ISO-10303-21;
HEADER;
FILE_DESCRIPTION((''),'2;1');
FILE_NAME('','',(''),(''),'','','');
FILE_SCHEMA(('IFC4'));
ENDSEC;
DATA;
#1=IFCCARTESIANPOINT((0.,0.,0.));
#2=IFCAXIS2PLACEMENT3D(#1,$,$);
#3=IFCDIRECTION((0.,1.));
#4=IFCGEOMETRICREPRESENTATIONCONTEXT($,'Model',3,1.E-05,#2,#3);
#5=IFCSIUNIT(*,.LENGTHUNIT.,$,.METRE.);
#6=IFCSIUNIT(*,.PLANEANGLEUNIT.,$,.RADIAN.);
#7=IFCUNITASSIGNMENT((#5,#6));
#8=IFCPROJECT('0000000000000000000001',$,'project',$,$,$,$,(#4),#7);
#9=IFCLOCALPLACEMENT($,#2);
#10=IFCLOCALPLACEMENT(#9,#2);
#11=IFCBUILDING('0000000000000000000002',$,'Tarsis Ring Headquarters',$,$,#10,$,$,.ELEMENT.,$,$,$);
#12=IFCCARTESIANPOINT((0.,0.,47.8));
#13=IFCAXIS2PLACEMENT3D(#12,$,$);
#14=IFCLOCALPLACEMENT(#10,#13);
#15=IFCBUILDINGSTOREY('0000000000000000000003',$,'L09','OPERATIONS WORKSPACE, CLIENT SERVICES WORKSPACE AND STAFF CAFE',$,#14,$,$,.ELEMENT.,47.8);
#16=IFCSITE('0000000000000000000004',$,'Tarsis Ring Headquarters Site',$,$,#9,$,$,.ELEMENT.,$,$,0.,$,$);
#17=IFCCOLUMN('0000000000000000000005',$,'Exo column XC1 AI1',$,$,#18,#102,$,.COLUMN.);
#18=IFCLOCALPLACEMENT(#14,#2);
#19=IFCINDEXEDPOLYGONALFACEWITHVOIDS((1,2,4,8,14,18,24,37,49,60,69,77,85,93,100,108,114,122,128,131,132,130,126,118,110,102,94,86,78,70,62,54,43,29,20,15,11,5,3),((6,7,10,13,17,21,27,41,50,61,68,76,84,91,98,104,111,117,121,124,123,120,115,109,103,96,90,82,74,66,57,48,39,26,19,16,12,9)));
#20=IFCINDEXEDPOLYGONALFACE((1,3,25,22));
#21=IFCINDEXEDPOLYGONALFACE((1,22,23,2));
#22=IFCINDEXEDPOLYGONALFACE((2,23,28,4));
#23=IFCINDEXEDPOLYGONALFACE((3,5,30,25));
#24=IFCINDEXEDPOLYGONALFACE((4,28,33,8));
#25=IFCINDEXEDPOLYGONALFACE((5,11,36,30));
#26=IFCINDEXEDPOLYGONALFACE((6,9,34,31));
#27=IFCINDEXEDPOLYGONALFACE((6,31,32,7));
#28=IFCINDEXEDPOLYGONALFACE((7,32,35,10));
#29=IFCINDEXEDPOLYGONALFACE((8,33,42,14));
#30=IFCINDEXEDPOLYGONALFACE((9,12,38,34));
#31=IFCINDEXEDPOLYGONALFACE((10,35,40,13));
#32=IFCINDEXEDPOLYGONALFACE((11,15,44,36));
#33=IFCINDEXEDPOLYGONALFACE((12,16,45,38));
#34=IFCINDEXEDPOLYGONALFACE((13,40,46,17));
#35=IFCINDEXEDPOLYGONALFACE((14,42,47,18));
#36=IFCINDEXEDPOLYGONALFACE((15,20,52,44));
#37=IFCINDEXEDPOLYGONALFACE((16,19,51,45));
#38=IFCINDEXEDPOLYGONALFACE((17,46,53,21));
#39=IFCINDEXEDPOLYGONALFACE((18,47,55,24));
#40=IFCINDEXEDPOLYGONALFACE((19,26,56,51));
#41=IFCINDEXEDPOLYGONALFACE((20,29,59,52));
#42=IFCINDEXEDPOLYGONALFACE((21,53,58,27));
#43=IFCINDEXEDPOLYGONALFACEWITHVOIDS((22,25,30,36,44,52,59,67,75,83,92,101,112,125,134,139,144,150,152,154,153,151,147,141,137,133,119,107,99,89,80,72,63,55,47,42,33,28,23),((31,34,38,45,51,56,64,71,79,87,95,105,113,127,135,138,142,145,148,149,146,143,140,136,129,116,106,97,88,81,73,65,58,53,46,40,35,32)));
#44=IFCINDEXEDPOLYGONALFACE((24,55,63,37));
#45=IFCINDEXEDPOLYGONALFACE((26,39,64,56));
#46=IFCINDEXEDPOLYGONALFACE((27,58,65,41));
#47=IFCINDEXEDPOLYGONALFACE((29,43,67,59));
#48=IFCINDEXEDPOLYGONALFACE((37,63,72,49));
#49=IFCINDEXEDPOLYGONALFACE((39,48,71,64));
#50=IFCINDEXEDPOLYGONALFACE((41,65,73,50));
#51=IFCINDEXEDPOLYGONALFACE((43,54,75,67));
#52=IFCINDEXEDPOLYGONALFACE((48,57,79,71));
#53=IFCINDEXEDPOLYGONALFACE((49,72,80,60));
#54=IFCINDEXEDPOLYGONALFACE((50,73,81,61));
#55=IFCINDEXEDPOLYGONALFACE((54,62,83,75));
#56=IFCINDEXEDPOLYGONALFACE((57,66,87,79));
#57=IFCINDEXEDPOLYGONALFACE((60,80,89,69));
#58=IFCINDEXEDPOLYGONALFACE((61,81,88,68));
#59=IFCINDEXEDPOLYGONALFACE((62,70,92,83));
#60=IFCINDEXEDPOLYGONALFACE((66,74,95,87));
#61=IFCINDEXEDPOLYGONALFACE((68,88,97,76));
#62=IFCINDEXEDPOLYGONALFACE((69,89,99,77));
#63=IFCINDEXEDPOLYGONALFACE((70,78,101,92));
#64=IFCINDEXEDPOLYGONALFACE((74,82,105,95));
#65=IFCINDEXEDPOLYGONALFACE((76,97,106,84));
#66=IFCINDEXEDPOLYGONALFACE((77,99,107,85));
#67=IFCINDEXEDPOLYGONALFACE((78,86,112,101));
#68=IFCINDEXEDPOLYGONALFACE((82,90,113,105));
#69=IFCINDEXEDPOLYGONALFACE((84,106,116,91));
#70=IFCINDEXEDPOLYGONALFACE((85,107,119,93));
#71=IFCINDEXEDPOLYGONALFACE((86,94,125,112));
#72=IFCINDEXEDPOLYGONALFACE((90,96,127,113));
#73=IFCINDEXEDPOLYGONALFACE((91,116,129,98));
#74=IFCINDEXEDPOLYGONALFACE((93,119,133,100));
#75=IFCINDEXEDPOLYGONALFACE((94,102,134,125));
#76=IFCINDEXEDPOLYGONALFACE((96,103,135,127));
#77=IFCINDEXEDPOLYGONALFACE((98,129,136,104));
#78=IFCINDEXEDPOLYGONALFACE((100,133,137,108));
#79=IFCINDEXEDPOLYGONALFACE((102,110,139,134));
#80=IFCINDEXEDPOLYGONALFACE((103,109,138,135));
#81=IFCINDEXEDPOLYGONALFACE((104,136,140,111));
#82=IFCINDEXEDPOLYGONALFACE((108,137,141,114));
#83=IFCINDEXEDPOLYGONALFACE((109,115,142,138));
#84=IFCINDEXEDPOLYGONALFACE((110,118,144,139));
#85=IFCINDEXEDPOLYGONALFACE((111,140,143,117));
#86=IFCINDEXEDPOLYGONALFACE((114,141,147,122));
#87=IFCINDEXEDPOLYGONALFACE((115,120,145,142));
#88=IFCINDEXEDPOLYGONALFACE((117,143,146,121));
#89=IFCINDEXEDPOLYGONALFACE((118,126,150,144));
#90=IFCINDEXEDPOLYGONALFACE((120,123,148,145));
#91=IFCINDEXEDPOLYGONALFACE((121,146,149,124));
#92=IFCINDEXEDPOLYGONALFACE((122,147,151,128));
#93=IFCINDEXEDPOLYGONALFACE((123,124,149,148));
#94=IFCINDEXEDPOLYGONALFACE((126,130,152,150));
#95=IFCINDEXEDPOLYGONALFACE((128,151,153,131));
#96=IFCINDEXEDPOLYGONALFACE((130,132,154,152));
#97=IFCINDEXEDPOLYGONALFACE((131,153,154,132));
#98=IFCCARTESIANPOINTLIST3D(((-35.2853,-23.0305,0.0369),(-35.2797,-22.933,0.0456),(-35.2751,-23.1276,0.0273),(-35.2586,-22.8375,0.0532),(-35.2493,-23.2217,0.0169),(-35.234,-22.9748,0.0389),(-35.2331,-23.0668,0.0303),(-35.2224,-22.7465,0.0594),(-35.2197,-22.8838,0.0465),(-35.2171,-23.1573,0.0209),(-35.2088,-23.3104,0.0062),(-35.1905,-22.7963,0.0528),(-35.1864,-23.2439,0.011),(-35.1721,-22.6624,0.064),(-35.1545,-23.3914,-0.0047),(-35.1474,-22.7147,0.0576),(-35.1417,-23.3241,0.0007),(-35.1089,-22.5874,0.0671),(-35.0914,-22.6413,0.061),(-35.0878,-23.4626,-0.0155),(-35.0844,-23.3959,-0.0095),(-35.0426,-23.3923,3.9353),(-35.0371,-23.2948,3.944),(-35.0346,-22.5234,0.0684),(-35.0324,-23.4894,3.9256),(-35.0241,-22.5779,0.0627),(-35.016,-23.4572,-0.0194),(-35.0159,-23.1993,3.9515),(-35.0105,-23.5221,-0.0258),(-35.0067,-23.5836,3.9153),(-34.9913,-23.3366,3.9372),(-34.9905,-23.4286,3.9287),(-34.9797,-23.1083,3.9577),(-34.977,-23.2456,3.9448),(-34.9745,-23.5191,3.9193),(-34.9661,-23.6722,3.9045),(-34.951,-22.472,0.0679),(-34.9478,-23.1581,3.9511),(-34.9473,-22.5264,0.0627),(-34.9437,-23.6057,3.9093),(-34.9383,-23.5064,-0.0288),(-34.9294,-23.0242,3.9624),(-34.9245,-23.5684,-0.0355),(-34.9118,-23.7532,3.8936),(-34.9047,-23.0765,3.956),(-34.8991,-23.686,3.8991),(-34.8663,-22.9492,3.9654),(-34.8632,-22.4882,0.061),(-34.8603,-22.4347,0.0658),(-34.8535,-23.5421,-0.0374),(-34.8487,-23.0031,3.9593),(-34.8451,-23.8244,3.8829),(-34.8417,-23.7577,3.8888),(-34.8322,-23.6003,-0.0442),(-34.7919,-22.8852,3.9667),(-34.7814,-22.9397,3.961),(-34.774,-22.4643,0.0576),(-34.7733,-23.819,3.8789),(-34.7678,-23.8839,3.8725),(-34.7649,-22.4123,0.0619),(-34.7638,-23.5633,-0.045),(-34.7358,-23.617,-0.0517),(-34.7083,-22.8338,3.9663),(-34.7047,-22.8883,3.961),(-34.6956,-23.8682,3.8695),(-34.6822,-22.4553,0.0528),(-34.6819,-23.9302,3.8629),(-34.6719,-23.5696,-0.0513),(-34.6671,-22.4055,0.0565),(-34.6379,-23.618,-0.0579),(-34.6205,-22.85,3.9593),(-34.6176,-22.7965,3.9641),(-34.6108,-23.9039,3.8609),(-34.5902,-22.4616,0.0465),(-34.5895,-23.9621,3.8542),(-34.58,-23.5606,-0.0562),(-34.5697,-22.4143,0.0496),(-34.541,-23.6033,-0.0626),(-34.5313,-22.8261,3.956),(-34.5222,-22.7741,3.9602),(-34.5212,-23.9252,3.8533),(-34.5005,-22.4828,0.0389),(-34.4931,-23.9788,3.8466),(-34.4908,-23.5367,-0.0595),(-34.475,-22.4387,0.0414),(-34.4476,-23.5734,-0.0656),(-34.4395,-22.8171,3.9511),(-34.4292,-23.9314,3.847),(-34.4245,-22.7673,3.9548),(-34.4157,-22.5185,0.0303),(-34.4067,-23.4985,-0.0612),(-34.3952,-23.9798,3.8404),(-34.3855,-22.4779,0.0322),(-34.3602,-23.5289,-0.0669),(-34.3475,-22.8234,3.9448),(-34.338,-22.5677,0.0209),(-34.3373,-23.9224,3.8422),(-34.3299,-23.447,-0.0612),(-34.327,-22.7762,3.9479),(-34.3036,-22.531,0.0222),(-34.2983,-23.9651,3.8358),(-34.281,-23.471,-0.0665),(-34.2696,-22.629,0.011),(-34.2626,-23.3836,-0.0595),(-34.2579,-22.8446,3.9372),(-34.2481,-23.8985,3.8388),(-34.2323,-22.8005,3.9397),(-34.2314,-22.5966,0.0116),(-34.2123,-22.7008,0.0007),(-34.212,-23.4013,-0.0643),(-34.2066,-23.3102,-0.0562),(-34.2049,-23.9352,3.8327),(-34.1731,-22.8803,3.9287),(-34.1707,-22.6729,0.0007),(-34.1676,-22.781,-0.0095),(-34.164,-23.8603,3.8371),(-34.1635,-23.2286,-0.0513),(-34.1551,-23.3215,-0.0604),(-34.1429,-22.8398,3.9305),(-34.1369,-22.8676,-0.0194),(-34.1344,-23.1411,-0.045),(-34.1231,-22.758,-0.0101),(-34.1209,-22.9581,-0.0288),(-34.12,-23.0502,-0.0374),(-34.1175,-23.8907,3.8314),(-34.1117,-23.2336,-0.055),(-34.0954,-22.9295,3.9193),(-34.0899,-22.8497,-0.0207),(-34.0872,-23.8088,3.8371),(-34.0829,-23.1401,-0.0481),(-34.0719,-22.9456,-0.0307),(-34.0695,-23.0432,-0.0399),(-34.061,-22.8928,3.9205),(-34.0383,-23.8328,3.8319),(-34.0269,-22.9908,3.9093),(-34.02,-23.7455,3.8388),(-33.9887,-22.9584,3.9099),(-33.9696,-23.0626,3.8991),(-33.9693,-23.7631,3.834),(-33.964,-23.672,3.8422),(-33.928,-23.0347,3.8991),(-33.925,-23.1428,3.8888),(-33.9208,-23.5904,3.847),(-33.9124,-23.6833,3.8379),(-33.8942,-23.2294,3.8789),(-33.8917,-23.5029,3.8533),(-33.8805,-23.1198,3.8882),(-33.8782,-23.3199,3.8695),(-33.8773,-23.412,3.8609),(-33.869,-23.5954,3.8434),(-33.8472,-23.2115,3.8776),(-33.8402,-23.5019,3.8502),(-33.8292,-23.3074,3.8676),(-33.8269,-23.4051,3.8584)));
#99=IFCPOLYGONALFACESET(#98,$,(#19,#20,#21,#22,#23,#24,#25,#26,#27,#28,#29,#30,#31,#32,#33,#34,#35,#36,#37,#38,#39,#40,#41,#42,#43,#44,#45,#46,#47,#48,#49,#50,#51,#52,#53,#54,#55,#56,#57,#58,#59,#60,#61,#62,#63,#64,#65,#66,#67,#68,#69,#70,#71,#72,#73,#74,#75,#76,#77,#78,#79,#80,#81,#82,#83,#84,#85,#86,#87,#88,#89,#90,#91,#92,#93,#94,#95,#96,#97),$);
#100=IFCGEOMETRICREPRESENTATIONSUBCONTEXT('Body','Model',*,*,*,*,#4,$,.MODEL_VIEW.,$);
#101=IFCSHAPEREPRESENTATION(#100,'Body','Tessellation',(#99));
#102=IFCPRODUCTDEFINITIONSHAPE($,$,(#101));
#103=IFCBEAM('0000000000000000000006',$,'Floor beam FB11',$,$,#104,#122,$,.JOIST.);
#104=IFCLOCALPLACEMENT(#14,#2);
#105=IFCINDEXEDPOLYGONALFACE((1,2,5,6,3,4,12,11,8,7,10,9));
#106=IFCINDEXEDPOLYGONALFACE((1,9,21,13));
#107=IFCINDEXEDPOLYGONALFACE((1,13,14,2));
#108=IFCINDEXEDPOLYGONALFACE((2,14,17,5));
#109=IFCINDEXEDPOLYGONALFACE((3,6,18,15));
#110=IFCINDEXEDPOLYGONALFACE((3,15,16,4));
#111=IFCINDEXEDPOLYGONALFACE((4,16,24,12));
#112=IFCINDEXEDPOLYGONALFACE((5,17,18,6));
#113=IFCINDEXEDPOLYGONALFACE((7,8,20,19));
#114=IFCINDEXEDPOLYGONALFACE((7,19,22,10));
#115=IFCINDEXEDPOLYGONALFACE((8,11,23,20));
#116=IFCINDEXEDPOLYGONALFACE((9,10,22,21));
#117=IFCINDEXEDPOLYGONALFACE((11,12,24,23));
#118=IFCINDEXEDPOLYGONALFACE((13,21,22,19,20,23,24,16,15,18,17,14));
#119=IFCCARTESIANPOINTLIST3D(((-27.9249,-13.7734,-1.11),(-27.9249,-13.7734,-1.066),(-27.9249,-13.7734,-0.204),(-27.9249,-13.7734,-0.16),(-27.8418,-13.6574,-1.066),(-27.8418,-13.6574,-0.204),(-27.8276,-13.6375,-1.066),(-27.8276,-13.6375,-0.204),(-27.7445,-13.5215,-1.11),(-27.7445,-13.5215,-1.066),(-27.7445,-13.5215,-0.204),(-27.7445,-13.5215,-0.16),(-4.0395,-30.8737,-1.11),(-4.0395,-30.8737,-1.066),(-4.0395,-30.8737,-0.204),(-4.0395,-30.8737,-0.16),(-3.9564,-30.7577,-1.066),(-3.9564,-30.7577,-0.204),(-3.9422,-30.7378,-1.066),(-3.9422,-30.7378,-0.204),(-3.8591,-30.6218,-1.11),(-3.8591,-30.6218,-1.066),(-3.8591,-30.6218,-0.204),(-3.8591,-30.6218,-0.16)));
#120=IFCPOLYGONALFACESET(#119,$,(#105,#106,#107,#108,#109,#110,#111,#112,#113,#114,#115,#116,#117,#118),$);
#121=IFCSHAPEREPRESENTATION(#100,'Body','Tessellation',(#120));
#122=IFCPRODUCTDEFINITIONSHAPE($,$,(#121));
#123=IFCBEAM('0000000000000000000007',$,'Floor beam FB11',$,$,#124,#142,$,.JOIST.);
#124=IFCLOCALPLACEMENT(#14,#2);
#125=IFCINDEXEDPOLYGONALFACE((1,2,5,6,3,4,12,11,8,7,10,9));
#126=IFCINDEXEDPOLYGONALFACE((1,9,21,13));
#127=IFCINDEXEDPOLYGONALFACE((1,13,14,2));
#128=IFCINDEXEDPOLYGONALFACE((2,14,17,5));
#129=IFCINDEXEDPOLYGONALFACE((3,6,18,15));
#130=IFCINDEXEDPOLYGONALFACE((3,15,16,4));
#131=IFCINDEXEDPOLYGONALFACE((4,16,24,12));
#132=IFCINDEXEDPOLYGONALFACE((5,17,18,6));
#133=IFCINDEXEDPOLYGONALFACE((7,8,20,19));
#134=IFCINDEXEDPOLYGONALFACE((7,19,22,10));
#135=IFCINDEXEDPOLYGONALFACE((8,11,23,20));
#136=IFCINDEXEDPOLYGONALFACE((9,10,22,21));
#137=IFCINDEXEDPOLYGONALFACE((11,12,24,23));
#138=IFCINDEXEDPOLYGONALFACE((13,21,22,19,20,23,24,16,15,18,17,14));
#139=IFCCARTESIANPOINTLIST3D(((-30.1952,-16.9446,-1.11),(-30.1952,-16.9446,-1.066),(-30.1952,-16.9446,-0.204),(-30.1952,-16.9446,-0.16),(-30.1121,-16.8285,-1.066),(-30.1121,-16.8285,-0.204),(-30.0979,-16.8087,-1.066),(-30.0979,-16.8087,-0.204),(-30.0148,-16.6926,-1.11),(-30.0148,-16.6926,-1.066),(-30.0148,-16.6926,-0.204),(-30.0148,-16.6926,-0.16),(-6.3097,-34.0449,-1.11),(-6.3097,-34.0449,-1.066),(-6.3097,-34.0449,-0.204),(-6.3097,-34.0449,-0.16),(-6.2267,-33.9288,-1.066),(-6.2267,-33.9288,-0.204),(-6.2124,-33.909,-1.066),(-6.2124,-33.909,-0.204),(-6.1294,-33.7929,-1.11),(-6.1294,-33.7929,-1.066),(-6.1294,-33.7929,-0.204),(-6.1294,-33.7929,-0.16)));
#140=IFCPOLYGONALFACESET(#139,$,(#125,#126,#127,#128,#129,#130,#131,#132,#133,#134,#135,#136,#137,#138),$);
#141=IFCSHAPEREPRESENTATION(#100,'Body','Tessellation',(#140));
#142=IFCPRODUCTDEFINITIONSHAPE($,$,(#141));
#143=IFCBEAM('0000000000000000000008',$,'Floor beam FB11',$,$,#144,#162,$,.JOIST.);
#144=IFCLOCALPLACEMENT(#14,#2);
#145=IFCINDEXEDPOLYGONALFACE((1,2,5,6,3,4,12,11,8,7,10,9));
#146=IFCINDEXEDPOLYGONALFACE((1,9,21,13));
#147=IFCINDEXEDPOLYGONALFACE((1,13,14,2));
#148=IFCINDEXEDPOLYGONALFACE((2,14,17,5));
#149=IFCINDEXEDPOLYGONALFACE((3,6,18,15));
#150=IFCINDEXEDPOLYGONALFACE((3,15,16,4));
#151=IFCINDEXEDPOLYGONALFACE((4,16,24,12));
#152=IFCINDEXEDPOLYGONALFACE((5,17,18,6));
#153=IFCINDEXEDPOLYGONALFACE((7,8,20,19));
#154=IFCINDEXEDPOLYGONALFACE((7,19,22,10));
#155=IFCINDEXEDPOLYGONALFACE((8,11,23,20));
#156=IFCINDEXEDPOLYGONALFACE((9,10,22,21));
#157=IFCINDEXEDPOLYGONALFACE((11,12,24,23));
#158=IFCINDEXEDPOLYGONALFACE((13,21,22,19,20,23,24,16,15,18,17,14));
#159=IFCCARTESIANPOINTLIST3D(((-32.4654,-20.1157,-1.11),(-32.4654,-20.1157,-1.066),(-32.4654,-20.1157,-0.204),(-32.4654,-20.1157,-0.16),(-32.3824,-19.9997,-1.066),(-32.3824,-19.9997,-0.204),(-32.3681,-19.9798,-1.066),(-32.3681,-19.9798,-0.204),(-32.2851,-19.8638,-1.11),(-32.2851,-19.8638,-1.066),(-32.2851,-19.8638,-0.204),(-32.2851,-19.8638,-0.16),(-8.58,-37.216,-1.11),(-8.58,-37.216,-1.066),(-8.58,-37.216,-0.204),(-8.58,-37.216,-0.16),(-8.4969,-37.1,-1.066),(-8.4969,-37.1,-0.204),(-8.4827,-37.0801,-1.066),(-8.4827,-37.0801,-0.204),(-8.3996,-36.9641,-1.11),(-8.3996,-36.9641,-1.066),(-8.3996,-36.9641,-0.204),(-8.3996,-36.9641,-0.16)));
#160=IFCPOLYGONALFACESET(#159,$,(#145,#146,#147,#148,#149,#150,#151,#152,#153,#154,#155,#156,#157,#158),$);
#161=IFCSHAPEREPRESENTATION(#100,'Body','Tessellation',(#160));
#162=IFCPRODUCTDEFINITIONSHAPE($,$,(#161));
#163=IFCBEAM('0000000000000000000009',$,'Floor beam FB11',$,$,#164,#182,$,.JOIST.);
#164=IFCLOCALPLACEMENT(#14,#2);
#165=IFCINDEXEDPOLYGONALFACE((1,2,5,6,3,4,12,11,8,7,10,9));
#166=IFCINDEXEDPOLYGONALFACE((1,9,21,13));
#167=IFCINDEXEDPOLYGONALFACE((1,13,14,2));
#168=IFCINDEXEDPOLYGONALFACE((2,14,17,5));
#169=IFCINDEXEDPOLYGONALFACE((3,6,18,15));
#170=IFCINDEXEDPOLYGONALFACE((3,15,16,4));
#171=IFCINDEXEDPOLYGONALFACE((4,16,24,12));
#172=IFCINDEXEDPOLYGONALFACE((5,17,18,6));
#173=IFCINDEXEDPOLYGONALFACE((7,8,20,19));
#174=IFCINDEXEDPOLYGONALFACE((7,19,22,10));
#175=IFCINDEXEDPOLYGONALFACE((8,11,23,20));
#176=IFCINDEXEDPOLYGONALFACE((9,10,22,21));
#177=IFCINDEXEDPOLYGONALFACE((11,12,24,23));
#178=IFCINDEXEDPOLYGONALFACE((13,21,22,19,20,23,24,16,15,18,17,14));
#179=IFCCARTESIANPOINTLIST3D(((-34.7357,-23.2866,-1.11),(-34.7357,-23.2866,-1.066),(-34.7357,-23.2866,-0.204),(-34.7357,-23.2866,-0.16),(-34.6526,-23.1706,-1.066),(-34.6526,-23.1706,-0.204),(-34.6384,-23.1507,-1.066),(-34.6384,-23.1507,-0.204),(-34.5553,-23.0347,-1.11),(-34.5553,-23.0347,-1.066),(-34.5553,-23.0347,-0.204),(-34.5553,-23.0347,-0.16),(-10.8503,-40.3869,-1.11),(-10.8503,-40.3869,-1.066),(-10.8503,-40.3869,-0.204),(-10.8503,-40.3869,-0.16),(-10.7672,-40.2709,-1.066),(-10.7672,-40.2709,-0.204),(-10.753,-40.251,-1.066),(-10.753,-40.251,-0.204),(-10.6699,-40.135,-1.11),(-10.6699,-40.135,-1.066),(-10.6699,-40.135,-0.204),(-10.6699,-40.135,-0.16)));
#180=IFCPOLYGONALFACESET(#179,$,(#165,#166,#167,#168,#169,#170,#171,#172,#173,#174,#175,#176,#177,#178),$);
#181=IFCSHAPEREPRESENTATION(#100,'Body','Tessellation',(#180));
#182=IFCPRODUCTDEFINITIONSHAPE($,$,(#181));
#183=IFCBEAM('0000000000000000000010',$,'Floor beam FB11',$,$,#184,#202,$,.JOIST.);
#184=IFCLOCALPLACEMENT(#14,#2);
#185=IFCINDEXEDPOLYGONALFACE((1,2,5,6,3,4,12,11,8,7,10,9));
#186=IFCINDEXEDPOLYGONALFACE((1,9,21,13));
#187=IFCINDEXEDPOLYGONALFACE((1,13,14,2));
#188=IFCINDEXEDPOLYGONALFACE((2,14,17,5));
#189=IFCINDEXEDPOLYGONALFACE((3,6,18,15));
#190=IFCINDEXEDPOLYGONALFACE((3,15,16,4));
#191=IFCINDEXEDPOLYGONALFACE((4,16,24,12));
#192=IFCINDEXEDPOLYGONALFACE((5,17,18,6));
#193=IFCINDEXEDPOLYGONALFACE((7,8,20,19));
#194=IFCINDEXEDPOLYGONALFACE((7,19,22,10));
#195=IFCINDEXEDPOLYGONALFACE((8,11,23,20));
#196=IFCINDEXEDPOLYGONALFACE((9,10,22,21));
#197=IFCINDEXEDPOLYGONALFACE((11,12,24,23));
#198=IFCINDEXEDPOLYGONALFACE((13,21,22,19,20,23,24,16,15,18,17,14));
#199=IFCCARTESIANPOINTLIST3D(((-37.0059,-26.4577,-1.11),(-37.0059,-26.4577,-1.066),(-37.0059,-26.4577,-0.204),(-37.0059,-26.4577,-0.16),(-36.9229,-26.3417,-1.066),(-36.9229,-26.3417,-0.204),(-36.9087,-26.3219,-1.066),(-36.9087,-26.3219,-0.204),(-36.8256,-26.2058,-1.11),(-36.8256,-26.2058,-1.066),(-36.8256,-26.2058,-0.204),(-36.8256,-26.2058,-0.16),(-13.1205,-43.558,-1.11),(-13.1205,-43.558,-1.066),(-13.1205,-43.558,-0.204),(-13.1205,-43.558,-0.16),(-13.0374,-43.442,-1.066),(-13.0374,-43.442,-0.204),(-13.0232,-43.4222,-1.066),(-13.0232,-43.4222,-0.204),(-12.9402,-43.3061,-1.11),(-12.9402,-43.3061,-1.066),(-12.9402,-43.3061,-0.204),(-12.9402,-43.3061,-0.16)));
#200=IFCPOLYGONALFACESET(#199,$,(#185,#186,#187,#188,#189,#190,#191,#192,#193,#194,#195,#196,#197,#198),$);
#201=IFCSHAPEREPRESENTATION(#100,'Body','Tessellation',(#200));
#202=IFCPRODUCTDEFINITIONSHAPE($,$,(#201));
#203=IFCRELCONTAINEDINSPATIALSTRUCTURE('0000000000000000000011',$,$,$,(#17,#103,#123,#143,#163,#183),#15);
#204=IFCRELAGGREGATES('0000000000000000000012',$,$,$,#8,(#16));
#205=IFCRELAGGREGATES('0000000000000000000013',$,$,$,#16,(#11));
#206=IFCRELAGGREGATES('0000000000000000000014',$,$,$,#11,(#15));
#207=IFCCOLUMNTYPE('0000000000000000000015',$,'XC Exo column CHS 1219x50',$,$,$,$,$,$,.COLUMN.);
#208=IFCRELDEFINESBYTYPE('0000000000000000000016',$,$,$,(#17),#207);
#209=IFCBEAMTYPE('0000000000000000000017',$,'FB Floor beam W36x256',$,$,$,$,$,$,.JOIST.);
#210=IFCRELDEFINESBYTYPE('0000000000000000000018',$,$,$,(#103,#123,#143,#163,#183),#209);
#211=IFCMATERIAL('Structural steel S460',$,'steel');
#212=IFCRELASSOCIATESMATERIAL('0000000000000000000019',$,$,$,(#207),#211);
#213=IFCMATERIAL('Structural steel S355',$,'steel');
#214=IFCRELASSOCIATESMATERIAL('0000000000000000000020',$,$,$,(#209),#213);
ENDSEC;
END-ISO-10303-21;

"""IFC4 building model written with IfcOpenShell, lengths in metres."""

from ifc_helpers import new_model, si_unit, direction, frame, origin, origin_2d, place, context, subcontext, project, spatial, hollow_circle, i_section, extrude, material, material_profile, profile_set, type_object, element, save


model = new_model("IFC4")

# Units and contexts
model_context = context("Model", 3, precision=1e-05, world=origin(), true_north=direction((0.0, 1.0)))
body_context = subcontext(model_context, "Body", "Model", "MODEL_VIEW")
ifc_project = project(units=[si_unit("LENGTHUNIT", "METRE"), si_unit("PLANEANGLEUNIT", "RADIAN")], contexts=[model_context])

# Site, building, storey
site_placement = place(None, origin())
site = spatial("IfcSite", under=ifc_project, at=site_placement, Name="Tarsis Ring Headquarters Site", CompositionType="ELEMENT", RefElevation=0.0)
building_placement = place(site_placement, origin())
building = spatial("IfcBuilding", under=site, at=building_placement, Name="Tarsis Ring Headquarters", CompositionType="ELEMENT")
storey_placement = place(building_placement, frame((0.0, 0.0, 47.8)))
storey = spatial("IfcBuildingStorey", under=building, at=storey_placement, Name="L09", Description="OPERATIONS WORKSPACE, CLIENT SERVICES WORKSPACE AND STAFF CAFE", CompositionType="ELEMENT", Elevation=47.8)

# Column
ifc_material_1 = material(Name="Structural steel S460", Category="steel")
ifc_material_profile_1 = material_profile(ifc_material_1, hollow_circle(Radius=0.6096, WallThickness=0.05, at=origin_2d()), Name="CHS 1219x50")
ifc_profile_set_1 = profile_set([ifc_material_profile_1], Name="Structural steel S460")
column_type = type_object("IfcColumnType", Name="XC Exo column CHS 1219x50", PredefinedType="COLUMN", material=ifc_profile_set_1)
column_placement = place(storey_placement, frame((-34.677, -23.0125, 0.0007), z_axis=(0.061864, -0.092236, 0.993813), x_axis=(0.830495, 0.557026, 0.0)))
element("IfcColumn", 1, at=column_placement, inside=storey, type_object=column_type, Name="Exo column XC1 AI1", PredefinedType="COLUMN", context=body_context, shape_type="SweptSolid", body=[
    extrude(hollow_circle(Radius=0.6096, WallThickness=0.05, at=origin_2d()), origin(), (0.0, 0.0, 1.0), 3.9226),
])

# Beams
ifc_material_2 = material(Name="Structural steel S355", Category="steel")
ifc_material_profile_2 = material_profile(ifc_material_2, i_section(OverallWidth=0.3098, OverallDepth=0.95, WebThickness=0.0244, FlangeThickness=0.0439, at=origin_2d()), Name="W36x256")
ifc_profile_set_2 = profile_set([ifc_material_profile_2], Name="Structural steel S355")
beam_type_1 = type_object("IfcBeamType", Name="FB Floor beam W36x256", PredefinedType="JOIST", material=ifc_profile_set_2)
for number, where, z_axis, x_axis, name in (
    (2, (-27.8347, -13.6475, -0.635), (0.813101, -0.582123, 0.0), (0.582123, 0.813101, 0.0), "Floor beam FB11"),
    (3, (-30.105, -16.8186, -0.635), (0.813101, -0.582123, 0.0), (0.582123, 0.813101, 0.0), "Floor beam FB11"),
    (4, (-32.3752, -19.9897, -0.635), (0.813101, -0.582123, 0.0), (0.582123, 0.813101, 0.0), "Floor beam FB11"),
    (5, (-34.6455, -23.1606, -0.635), (0.813101, -0.582123, 0.0), (0.582123, 0.813101, 0.0), "Floor beam FB11"),
    (6, (-36.9158, -26.3318, -0.635), (0.813101, -0.582123, 0.0), (0.582123, 0.813101, 0.0), "Floor beam FB11"),
):
    element("IfcBeam", number, at=place(storey_placement, frame(where, z_axis=z_axis, x_axis=x_axis)), inside=storey, type_object=beam_type_1, Name=name, PredefinedType="JOIST", context=body_context, shape_type="SweptSolid", body=[
        extrude(i_section(OverallWidth=0.3098, OverallDepth=0.95, WebThickness=0.0244, FlangeThickness=0.0439, at=origin_2d()), origin(), (0.0, 0.0, 1.0), 29.3757),
    ])

save(model, "model.ifc")
